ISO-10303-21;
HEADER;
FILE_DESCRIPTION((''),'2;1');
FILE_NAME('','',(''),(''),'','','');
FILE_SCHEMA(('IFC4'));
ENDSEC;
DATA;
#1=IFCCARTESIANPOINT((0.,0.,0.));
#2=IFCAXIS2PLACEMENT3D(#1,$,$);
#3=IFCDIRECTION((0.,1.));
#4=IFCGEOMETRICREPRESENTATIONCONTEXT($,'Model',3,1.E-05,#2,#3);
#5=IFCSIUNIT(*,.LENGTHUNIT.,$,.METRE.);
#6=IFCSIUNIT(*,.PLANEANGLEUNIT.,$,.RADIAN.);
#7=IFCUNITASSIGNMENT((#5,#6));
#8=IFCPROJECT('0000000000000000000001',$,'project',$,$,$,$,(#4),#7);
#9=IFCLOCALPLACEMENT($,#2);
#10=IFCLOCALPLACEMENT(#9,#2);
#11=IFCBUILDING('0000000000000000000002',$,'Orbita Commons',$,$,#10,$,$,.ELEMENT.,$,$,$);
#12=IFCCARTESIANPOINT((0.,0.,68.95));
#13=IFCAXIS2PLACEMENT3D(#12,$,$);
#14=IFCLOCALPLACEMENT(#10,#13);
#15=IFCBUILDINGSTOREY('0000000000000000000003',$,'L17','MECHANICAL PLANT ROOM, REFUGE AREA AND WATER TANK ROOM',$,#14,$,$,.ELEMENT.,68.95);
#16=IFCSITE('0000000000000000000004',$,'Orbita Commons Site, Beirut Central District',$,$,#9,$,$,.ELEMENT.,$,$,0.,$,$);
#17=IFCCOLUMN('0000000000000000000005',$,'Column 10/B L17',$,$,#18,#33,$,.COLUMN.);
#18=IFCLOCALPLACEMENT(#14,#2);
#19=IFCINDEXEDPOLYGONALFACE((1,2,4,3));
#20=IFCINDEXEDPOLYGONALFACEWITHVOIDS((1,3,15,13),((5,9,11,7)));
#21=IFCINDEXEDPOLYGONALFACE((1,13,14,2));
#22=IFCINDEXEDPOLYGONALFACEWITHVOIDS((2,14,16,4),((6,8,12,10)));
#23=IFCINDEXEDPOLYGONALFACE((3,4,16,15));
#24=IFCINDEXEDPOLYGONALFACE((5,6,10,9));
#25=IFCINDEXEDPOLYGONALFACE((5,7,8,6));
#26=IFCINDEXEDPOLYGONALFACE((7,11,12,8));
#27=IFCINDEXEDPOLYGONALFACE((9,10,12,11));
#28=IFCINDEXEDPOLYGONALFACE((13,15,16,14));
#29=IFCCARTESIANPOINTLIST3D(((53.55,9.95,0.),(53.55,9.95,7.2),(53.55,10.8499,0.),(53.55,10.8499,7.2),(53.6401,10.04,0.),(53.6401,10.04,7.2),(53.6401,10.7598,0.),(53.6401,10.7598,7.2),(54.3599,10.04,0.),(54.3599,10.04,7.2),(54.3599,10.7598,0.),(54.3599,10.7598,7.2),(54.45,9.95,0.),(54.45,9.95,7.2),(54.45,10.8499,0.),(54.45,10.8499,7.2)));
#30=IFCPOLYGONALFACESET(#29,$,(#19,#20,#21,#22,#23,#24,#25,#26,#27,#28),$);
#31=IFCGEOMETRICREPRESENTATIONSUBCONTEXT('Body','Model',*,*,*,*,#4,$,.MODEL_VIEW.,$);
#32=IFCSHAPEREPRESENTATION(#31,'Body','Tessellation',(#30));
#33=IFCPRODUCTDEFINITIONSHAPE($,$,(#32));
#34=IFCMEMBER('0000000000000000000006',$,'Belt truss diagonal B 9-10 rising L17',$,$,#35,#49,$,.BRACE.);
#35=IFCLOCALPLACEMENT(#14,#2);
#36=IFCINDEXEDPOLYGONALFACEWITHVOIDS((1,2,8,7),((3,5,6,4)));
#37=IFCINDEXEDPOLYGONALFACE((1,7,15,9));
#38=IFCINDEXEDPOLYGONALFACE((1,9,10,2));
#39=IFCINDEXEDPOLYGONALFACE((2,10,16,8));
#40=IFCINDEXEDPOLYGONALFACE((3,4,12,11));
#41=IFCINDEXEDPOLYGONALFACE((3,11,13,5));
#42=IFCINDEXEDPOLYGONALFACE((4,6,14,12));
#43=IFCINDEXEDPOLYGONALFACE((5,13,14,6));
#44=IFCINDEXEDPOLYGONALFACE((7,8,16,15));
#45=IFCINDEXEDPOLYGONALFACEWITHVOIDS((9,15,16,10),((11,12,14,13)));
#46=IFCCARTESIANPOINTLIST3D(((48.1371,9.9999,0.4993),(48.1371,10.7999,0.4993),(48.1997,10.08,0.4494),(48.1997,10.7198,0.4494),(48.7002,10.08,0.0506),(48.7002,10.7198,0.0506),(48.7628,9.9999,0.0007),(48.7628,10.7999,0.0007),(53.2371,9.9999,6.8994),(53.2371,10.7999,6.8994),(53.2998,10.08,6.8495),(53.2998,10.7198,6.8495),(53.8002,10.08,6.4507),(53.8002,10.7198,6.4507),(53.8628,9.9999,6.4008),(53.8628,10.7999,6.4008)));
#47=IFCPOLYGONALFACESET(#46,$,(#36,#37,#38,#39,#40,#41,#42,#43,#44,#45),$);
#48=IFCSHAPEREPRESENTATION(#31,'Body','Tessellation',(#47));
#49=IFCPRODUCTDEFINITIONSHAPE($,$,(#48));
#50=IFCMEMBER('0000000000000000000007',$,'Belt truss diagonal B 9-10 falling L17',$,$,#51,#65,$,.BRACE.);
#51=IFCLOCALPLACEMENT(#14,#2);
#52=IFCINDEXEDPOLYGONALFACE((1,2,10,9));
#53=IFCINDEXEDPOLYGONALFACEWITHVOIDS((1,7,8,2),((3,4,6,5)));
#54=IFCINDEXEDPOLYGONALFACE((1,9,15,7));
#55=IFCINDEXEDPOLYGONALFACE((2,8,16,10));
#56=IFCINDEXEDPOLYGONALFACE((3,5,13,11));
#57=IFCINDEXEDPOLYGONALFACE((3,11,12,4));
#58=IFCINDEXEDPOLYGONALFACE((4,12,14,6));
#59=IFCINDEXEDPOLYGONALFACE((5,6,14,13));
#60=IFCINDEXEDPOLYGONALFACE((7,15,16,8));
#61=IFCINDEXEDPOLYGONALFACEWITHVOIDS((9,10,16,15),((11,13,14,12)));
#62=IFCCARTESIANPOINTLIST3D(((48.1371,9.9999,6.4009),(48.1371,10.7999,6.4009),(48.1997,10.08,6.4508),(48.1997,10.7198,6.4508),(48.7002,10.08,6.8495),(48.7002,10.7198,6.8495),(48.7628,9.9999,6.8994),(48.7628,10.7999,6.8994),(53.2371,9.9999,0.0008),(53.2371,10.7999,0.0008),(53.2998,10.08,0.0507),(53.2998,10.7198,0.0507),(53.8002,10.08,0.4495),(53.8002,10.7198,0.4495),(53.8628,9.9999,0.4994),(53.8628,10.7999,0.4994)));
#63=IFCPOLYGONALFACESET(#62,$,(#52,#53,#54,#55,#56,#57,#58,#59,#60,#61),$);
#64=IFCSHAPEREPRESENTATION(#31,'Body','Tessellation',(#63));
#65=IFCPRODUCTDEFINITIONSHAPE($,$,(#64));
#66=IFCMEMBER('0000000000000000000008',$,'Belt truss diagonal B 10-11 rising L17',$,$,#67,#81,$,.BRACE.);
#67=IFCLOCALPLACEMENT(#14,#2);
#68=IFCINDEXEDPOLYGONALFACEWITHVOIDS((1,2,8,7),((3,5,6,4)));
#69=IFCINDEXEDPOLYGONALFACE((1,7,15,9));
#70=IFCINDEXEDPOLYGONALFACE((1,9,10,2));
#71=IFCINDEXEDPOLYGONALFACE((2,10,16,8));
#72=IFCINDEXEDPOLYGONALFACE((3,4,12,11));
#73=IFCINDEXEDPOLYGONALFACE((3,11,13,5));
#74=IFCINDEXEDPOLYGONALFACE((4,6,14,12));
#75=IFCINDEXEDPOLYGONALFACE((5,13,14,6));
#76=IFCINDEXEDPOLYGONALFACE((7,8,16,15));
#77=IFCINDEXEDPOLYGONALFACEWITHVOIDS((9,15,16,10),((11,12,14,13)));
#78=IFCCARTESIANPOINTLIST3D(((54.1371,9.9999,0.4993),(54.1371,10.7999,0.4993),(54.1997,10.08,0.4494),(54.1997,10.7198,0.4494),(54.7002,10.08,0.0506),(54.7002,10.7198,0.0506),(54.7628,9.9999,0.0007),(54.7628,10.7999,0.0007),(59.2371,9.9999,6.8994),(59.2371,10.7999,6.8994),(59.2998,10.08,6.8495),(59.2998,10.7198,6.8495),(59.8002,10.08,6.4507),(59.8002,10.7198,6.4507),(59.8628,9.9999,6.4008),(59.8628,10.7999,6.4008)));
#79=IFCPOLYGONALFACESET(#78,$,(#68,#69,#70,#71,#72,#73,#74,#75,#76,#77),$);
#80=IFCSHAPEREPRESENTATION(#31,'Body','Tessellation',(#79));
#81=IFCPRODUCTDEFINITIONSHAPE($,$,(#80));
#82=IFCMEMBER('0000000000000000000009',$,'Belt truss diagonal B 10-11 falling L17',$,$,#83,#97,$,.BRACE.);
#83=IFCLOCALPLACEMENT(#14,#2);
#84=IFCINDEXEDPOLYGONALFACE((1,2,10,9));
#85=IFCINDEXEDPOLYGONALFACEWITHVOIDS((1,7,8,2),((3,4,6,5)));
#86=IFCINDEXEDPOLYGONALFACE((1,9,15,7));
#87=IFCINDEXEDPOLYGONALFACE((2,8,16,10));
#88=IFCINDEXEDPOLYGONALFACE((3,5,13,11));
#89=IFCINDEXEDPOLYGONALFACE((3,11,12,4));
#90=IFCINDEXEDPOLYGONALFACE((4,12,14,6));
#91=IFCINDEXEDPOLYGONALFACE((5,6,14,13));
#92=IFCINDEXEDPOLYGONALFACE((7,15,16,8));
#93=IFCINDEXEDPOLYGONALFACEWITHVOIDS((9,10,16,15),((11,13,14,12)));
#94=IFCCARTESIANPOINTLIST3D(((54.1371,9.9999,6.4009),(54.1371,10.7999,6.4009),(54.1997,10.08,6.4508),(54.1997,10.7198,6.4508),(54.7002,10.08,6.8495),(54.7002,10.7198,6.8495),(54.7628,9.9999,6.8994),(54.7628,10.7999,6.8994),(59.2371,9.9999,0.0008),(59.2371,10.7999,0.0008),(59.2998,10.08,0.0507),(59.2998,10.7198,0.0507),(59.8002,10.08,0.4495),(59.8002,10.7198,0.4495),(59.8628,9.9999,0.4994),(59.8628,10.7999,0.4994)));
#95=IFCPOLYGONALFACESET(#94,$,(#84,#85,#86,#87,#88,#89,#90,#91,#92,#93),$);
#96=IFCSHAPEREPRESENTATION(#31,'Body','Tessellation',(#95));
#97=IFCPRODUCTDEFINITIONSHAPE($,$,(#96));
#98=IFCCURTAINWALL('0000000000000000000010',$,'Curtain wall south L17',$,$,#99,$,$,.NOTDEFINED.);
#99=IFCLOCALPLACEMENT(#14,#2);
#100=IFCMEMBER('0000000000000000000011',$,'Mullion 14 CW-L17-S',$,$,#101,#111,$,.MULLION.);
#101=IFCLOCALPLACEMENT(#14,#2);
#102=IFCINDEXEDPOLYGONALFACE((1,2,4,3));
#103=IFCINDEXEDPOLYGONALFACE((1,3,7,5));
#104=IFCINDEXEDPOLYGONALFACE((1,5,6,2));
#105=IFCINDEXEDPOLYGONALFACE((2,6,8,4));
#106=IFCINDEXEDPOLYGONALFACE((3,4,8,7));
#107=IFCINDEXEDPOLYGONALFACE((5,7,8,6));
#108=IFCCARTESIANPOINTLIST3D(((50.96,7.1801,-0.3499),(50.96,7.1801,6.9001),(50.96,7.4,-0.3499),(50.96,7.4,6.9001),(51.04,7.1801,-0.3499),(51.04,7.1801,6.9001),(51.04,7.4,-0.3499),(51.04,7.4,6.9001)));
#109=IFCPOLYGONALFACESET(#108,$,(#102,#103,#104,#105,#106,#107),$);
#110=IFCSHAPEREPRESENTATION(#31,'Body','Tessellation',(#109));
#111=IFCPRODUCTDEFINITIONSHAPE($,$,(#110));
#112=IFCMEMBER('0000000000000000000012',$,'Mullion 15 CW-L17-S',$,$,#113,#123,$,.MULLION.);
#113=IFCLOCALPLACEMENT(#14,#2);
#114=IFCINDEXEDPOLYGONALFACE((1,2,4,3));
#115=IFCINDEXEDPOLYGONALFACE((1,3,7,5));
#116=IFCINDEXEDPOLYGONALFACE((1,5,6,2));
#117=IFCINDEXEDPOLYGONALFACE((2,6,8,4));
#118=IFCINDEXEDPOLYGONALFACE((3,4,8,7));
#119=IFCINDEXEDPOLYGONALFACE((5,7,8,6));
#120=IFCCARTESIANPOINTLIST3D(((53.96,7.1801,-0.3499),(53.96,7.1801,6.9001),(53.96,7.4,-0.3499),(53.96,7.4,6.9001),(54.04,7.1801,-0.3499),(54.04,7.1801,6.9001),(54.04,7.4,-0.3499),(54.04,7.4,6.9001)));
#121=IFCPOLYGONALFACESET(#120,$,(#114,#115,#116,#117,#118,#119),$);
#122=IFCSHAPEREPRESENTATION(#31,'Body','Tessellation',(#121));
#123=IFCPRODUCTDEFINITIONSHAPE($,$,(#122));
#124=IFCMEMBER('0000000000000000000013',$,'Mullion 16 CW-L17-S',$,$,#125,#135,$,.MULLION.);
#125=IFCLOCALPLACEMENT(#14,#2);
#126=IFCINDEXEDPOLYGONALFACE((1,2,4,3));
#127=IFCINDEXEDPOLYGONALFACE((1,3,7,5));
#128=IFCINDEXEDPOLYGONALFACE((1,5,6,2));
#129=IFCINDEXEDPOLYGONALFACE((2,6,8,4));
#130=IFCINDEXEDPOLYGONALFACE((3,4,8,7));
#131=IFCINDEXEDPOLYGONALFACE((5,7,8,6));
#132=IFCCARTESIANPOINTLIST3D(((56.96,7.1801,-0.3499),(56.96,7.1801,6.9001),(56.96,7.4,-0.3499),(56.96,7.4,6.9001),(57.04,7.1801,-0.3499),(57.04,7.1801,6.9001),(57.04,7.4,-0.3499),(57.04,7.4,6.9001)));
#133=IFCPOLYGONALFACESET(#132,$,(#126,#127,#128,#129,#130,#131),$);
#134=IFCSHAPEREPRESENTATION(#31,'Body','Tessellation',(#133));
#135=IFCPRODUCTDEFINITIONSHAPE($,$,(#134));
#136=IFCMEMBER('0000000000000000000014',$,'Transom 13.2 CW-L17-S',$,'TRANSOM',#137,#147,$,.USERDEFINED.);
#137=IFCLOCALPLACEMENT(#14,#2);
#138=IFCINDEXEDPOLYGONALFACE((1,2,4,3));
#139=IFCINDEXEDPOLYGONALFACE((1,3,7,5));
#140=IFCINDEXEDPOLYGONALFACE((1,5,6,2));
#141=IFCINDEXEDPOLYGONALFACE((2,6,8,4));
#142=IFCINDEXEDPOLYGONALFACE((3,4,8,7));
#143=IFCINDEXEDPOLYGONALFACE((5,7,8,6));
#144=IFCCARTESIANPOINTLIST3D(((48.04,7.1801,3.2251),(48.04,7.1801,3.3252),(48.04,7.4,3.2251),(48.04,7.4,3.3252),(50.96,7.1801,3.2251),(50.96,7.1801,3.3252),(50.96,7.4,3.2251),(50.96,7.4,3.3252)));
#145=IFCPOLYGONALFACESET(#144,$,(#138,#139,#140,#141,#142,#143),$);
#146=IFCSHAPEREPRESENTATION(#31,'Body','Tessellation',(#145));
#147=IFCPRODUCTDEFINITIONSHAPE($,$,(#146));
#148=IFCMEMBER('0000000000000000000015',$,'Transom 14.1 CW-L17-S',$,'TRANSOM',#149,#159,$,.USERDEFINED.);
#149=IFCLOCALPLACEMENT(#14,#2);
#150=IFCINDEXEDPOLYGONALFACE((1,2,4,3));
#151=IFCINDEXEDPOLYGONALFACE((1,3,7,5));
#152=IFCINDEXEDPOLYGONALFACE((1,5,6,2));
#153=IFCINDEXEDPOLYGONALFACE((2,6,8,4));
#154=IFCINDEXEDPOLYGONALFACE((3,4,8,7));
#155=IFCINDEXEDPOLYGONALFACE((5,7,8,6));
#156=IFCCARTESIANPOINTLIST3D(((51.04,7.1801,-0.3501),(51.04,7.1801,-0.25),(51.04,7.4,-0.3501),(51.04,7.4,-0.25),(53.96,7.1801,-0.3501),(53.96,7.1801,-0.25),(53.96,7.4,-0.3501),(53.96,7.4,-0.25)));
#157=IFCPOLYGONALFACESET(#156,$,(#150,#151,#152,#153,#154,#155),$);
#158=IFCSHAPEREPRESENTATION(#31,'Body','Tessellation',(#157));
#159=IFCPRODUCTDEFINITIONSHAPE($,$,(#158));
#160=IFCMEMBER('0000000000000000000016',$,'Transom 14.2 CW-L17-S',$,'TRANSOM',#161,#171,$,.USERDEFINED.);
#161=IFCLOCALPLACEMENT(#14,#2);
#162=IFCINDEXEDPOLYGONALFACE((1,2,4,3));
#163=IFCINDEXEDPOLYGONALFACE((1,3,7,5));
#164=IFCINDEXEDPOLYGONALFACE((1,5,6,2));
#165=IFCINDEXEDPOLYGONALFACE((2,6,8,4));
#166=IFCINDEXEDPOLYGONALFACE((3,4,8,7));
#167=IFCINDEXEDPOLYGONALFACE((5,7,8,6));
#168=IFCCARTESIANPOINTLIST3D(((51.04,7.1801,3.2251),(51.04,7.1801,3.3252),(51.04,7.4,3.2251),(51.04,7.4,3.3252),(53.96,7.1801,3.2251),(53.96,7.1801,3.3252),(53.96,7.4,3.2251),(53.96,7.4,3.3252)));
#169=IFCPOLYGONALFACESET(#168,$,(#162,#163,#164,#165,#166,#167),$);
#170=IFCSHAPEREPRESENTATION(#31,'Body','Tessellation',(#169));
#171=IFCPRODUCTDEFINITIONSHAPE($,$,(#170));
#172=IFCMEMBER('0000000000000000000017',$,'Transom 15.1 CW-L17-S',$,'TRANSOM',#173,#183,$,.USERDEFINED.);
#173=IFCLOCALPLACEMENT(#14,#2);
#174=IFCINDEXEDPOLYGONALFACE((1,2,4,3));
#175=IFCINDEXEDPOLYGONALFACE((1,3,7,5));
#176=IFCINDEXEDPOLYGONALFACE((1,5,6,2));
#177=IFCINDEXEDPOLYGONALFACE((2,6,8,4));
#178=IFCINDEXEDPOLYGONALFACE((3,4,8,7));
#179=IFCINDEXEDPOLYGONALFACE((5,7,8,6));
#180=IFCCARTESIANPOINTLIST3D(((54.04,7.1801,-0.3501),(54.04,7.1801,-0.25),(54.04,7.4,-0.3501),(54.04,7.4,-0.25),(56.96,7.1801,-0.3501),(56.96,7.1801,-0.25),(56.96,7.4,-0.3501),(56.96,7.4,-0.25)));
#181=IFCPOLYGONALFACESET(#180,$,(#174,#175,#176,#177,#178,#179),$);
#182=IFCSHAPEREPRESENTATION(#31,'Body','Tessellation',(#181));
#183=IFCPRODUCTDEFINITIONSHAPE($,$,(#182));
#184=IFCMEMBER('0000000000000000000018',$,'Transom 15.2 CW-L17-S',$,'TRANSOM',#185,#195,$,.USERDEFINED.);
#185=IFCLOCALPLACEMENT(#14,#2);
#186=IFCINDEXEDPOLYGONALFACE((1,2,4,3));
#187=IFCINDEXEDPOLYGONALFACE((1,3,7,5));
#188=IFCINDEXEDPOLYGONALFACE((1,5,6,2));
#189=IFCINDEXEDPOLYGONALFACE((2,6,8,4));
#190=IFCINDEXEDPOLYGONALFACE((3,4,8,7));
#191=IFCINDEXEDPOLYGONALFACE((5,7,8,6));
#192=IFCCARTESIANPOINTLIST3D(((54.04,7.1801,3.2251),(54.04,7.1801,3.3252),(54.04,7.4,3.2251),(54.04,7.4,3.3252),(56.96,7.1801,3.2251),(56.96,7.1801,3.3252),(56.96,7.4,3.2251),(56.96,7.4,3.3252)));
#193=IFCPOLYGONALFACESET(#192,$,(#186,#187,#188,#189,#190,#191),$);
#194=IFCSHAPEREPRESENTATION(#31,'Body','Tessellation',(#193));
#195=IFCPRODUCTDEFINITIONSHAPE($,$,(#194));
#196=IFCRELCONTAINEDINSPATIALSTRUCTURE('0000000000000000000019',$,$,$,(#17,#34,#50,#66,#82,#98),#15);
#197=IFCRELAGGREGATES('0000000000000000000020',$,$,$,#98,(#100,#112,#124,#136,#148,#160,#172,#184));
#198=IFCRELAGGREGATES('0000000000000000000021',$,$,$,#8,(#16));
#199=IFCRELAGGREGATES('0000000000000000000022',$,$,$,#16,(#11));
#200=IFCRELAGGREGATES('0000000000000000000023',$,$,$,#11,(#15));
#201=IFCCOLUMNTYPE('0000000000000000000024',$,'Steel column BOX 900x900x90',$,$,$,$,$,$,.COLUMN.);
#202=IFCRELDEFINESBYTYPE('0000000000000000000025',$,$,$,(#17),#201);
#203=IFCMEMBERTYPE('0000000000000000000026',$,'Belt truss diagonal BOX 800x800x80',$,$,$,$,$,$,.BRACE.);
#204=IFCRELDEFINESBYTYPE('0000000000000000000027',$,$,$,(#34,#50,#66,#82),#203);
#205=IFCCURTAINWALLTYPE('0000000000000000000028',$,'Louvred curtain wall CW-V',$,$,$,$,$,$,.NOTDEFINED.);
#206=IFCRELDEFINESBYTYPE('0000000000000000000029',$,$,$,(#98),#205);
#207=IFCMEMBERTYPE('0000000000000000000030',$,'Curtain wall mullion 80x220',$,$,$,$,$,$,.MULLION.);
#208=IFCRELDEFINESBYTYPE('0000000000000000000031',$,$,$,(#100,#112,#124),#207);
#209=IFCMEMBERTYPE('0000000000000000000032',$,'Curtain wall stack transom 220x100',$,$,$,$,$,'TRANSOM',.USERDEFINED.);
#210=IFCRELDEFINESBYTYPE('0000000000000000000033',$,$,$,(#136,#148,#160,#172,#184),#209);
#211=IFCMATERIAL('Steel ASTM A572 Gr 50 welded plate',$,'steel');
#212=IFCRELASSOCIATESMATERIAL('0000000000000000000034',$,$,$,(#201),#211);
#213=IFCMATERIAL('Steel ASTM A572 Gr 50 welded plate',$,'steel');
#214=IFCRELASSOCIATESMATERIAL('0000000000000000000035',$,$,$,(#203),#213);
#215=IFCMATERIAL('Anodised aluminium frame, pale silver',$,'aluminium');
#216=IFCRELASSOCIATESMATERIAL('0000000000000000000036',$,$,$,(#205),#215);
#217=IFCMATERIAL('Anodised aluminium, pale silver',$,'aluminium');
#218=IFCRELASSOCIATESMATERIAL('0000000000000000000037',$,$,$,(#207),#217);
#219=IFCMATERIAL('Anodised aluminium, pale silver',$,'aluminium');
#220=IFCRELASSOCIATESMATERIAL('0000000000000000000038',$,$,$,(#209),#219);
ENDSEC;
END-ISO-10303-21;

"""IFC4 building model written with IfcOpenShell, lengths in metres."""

from ifc_helpers import new_model, si_unit, direction, frame, origin, origin_2d, place, context, subcontext, project, spatial, rectangle, hollow_rectangle, extrude, material, material_profile, profile_set, type_object, element, aggregate, save


model = new_model("IFC4")

# Units and contexts
model_context = context("Model", 3, precision=1e-05, world=origin(), true_north=direction((0.0, 1.0)))
body_context = subcontext(model_context, "Body", "Model", "MODEL_VIEW")
ifc_project = project(units=[si_unit("LENGTHUNIT", "METRE"), si_unit("PLANEANGLEUNIT", "RADIAN")], contexts=[model_context])

# Site, building, storey
site_placement = place(None, origin())
site = spatial("IfcSite", under=ifc_project, at=site_placement, Name="Orbita Commons Site, Beirut Central District", CompositionType="ELEMENT", RefElevation=0.0)
building_placement = place(site_placement, origin())
building = spatial("IfcBuilding", under=site, at=building_placement, Name="Orbita Commons", CompositionType="ELEMENT")
storey_placement = place(building_placement, frame((0.0, 0.0, 68.95)))
storey = spatial("IfcBuildingStorey", under=building, at=storey_placement, Name="L17", Description="MECHANICAL PLANT ROOM, REFUGE AREA AND WATER TANK ROOM", CompositionType="ELEMENT", Elevation=68.95)

# Column
ifc_material_1 = material(Name="Steel ASTM A572 Gr 50 welded plate", Category="steel")
ifc_material_profile_1 = material_profile(ifc_material_1, hollow_rectangle(XDim=0.8999, YDim=0.8999, WallThickness=0.0901, at=origin_2d()), Name="BOX 900x900x90")
ifc_profile_set_1 = profile_set([ifc_material_profile_1], Name="Steel ASTM A572 Gr 50 welded plate")
column_type = type_object("IfcColumnType", Name="Steel column BOX 900x900x90", PredefinedType="COLUMN", material=ifc_profile_set_1)
column_placement = place(storey_placement, frame((54.0, 10.3999, 0.0), z_axis=(0.0, 0.0, 1.0), x_axis=(1.0, 0.0, 0.0)))
element("IfcColumn", 1, at=column_placement, inside=storey, type_object=column_type, Name="Column 10/B L17", PredefinedType="COLUMN", context=body_context, shape_type="SweptSolid", body=[
    extrude(hollow_rectangle(XDim=0.8999, YDim=0.8999, WallThickness=0.0901, at=origin_2d()), origin(), (0.0, 0.0, 1.0), 7.2),
])

# Members
ifc_material_2 = material(Name="Steel ASTM A572 Gr 50 welded plate", Category="steel")
ifc_material_profile_2 = material_profile(ifc_material_2, hollow_rectangle(XDim=0.8, YDim=0.8, WallThickness=0.0801, at=origin_2d()), Name="BOX 800x800x80")
ifc_profile_set_2 = profile_set([ifc_material_profile_2], Name="Steel ASTM A572 Gr 50 welded plate")
member_type_1 = type_object("IfcMemberType", Name="Belt truss diagonal BOX 800x800x80", PredefinedType="BRACE", material=ifc_profile_set_2)
for number, where, z_axis, x_axis, name in (
    (2, (48.45, 10.3999, 0.25), (0.623202, 0.0, 0.782061), (0.0, 1.0, 0.0), "Belt truss diagonal B 9-10 rising L17"),
    (3, (48.45, 10.3999, 6.6501), (0.623202, 0.0, -0.782061), (0.0, 1.0, 0.0), "Belt truss diagonal B 9-10 falling L17"),
    (4, (54.45, 10.3999, 0.25), (0.623202, 0.0, 0.782061), (0.0, 1.0, 0.0), "Belt truss diagonal B 10-11 rising L17"),
    (5, (54.45, 10.3999, 6.6501), (0.623202, 0.0, -0.782061), (0.0, 1.0, 0.0), "Belt truss diagonal B 10-11 falling L17"),
):
    element("IfcMember", number, at=place(storey_placement, frame(where, z_axis=z_axis, x_axis=x_axis)), inside=storey, type_object=member_type_1, Name=name, PredefinedType="BRACE", context=body_context, shape_type="SweptSolid", body=[
        extrude(hollow_rectangle(XDim=0.8, YDim=0.8, WallThickness=0.0801, at=origin_2d()), origin(), (0.0, 0.0, 1.0), 8.1836),
    ])

# Curtain wall, members
ifc_material_3 = material(Name="Anodised aluminium frame, pale silver", Category="aluminium")
curtain_wall_type = type_object("IfcCurtainWallType", Name="Louvred curtain wall CW-V", PredefinedType="NOTDEFINED", material=ifc_material_3)
curtain_wall_placement = place(storey_placement, origin())
curtain_wall = element("IfcCurtainWall", 6, at=curtain_wall_placement, inside=storey, type_object=curtain_wall_type, Name="Curtain wall south L17", PredefinedType="NOTDEFINED")
ifc_material_4 = material(Name="Anodised aluminium, pale silver", Category="aluminium")
ifc_material_profile_3 = material_profile(ifc_material_4, rectangle(XDim=0.0801, YDim=0.22, at=origin_2d()), Name="AL 80x220")
ifc_profile_set_3 = profile_set([ifc_material_profile_3], Name="Anodised aluminium, pale silver")
member_type_2 = type_object("IfcMemberType", Name="Curtain wall mullion 80x220", PredefinedType="MULLION", material=ifc_profile_set_3)
member_1_placement = place(storey_placement, frame((51.0, 7.29, -0.3499), z_axis=(0.0, 0.0, 1.0), x_axis=(1.0, 0.0, 0.0)))
member_1 = element("IfcMember", 7, at=member_1_placement, type_object=member_type_2, Name="Mullion 14 CW-L17-S", PredefinedType="MULLION", context=body_context, shape_type="SweptSolid", body=[
    extrude(rectangle(XDim=0.0801, YDim=0.22, at=origin_2d()), origin(), (0.0, 0.0, 1.0), 7.25),
])
member_2_placement = place(storey_placement, frame((54.0, 7.29, -0.3499), z_axis=(0.0, 0.0, 1.0), x_axis=(1.0, 0.0, 0.0)))
member_2 = element("IfcMember", 8, at=member_2_placement, type_object=member_type_2, Name="Mullion 15 CW-L17-S", PredefinedType="MULLION", context=body_context, shape_type="SweptSolid", body=[
    extrude(rectangle(XDim=0.0801, YDim=0.22, at=origin_2d()), origin(), (0.0, 0.0, 1.0), 7.25),
])
member_3_placement = place(storey_placement, frame((57.0, 7.29, -0.3499), z_axis=(0.0, 0.0, 1.0), x_axis=(1.0, 0.0, 0.0)))
member_3 = element("IfcMember", 9, at=member_3_placement, type_object=member_type_2, Name="Mullion 16 CW-L17-S", PredefinedType="MULLION", context=body_context, shape_type="SweptSolid", body=[
    extrude(rectangle(XDim=0.0801, YDim=0.22, at=origin_2d()), origin(), (0.0, 0.0, 1.0), 7.25),
])
ifc_material_5 = material(Name="Anodised aluminium, pale silver", Category="aluminium")
ifc_material_profile_4 = material_profile(ifc_material_5, rectangle(XDim=0.22, YDim=0.1001, at=origin_2d()), Name="AL 220x100")
ifc_profile_set_4 = profile_set([ifc_material_profile_4], Name="Anodised aluminium, pale silver")
member_type_3 = type_object("IfcMemberType", Name="Curtain wall stack transom 220x100", ElementType="TRANSOM", PredefinedType="USERDEFINED", material=ifc_profile_set_4)
member_4_placement = place(storey_placement, frame((48.04, 7.29, 3.2751), z_axis=(1.0, 0.0, 0.0), x_axis=(0.0, 1.0, 0.0)))
member_4 = element("IfcMember", 10, at=member_4_placement, type_object=member_type_3, Name="Transom 13.2 CW-L17-S", ObjectType="TRANSOM", PredefinedType="USERDEFINED", context=body_context, shape_type="SweptSolid", body=[
    extrude(rectangle(XDim=0.22, YDim=0.1001, at=origin_2d()), origin(), (0.0, 0.0, 1.0), 2.9199),
])
member_5_placement = place(storey_placement, frame((51.04, 7.29, -0.3), z_axis=(1.0, 0.0, 0.0), x_axis=(0.0, 1.0, 0.0)))
member_5 = element("IfcMember", 11, at=member_5_placement, type_object=member_type_3, Name="Transom 14.1 CW-L17-S", ObjectType="TRANSOM", PredefinedType="USERDEFINED", context=body_context, shape_type="SweptSolid", body=[
    extrude(rectangle(XDim=0.22, YDim=0.1001, at=origin_2d()), origin(), (0.0, 0.0, 1.0), 2.9199),
])
member_6_placement = place(storey_placement, frame((51.04, 7.29, 3.2751), z_axis=(1.0, 0.0, 0.0), x_axis=(0.0, 1.0, 0.0)))
member_6 = element("IfcMember", 12, at=member_6_placement, type_object=member_type_3, Name="Transom 14.2 CW-L17-S", ObjectType="TRANSOM", PredefinedType="USERDEFINED", context=body_context, shape_type="SweptSolid", body=[
    extrude(rectangle(XDim=0.22, YDim=0.1001, at=origin_2d()), origin(), (0.0, 0.0, 1.0), 2.9199),
])
member_7_placement = place(storey_placement, frame((54.04, 7.29, -0.3), z_axis=(1.0, 0.0, 0.0), x_axis=(0.0, 1.0, 0.0)))
member_7 = element("IfcMember", 13, at=member_7_placement, type_object=member_type_3, Name="Transom 15.1 CW-L17-S", ObjectType="TRANSOM", PredefinedType="USERDEFINED", context=body_context, shape_type="SweptSolid", body=[
    extrude(rectangle(XDim=0.22, YDim=0.1001, at=origin_2d()), origin(), (0.0, 0.0, 1.0), 2.9199),
])
member_8_placement = place(storey_placement, frame((54.04, 7.29, 3.2751), z_axis=(1.0, 0.0, 0.0), x_axis=(0.0, 1.0, 0.0)))
member_8 = element("IfcMember", 14, at=member_8_placement, type_object=member_type_3, Name="Transom 15.2 CW-L17-S", ObjectType="TRANSOM", PredefinedType="USERDEFINED", context=body_context, shape_type="SweptSolid", body=[
    extrude(rectangle(XDim=0.22, YDim=0.1001, at=origin_2d()), origin(), (0.0, 0.0, 1.0), 2.9199),
])

aggregate(curtain_wall, [member_1, member_2, member_3, member_4, member_5, member_6, member_7, member_8])

save(model, "model.ifc")
